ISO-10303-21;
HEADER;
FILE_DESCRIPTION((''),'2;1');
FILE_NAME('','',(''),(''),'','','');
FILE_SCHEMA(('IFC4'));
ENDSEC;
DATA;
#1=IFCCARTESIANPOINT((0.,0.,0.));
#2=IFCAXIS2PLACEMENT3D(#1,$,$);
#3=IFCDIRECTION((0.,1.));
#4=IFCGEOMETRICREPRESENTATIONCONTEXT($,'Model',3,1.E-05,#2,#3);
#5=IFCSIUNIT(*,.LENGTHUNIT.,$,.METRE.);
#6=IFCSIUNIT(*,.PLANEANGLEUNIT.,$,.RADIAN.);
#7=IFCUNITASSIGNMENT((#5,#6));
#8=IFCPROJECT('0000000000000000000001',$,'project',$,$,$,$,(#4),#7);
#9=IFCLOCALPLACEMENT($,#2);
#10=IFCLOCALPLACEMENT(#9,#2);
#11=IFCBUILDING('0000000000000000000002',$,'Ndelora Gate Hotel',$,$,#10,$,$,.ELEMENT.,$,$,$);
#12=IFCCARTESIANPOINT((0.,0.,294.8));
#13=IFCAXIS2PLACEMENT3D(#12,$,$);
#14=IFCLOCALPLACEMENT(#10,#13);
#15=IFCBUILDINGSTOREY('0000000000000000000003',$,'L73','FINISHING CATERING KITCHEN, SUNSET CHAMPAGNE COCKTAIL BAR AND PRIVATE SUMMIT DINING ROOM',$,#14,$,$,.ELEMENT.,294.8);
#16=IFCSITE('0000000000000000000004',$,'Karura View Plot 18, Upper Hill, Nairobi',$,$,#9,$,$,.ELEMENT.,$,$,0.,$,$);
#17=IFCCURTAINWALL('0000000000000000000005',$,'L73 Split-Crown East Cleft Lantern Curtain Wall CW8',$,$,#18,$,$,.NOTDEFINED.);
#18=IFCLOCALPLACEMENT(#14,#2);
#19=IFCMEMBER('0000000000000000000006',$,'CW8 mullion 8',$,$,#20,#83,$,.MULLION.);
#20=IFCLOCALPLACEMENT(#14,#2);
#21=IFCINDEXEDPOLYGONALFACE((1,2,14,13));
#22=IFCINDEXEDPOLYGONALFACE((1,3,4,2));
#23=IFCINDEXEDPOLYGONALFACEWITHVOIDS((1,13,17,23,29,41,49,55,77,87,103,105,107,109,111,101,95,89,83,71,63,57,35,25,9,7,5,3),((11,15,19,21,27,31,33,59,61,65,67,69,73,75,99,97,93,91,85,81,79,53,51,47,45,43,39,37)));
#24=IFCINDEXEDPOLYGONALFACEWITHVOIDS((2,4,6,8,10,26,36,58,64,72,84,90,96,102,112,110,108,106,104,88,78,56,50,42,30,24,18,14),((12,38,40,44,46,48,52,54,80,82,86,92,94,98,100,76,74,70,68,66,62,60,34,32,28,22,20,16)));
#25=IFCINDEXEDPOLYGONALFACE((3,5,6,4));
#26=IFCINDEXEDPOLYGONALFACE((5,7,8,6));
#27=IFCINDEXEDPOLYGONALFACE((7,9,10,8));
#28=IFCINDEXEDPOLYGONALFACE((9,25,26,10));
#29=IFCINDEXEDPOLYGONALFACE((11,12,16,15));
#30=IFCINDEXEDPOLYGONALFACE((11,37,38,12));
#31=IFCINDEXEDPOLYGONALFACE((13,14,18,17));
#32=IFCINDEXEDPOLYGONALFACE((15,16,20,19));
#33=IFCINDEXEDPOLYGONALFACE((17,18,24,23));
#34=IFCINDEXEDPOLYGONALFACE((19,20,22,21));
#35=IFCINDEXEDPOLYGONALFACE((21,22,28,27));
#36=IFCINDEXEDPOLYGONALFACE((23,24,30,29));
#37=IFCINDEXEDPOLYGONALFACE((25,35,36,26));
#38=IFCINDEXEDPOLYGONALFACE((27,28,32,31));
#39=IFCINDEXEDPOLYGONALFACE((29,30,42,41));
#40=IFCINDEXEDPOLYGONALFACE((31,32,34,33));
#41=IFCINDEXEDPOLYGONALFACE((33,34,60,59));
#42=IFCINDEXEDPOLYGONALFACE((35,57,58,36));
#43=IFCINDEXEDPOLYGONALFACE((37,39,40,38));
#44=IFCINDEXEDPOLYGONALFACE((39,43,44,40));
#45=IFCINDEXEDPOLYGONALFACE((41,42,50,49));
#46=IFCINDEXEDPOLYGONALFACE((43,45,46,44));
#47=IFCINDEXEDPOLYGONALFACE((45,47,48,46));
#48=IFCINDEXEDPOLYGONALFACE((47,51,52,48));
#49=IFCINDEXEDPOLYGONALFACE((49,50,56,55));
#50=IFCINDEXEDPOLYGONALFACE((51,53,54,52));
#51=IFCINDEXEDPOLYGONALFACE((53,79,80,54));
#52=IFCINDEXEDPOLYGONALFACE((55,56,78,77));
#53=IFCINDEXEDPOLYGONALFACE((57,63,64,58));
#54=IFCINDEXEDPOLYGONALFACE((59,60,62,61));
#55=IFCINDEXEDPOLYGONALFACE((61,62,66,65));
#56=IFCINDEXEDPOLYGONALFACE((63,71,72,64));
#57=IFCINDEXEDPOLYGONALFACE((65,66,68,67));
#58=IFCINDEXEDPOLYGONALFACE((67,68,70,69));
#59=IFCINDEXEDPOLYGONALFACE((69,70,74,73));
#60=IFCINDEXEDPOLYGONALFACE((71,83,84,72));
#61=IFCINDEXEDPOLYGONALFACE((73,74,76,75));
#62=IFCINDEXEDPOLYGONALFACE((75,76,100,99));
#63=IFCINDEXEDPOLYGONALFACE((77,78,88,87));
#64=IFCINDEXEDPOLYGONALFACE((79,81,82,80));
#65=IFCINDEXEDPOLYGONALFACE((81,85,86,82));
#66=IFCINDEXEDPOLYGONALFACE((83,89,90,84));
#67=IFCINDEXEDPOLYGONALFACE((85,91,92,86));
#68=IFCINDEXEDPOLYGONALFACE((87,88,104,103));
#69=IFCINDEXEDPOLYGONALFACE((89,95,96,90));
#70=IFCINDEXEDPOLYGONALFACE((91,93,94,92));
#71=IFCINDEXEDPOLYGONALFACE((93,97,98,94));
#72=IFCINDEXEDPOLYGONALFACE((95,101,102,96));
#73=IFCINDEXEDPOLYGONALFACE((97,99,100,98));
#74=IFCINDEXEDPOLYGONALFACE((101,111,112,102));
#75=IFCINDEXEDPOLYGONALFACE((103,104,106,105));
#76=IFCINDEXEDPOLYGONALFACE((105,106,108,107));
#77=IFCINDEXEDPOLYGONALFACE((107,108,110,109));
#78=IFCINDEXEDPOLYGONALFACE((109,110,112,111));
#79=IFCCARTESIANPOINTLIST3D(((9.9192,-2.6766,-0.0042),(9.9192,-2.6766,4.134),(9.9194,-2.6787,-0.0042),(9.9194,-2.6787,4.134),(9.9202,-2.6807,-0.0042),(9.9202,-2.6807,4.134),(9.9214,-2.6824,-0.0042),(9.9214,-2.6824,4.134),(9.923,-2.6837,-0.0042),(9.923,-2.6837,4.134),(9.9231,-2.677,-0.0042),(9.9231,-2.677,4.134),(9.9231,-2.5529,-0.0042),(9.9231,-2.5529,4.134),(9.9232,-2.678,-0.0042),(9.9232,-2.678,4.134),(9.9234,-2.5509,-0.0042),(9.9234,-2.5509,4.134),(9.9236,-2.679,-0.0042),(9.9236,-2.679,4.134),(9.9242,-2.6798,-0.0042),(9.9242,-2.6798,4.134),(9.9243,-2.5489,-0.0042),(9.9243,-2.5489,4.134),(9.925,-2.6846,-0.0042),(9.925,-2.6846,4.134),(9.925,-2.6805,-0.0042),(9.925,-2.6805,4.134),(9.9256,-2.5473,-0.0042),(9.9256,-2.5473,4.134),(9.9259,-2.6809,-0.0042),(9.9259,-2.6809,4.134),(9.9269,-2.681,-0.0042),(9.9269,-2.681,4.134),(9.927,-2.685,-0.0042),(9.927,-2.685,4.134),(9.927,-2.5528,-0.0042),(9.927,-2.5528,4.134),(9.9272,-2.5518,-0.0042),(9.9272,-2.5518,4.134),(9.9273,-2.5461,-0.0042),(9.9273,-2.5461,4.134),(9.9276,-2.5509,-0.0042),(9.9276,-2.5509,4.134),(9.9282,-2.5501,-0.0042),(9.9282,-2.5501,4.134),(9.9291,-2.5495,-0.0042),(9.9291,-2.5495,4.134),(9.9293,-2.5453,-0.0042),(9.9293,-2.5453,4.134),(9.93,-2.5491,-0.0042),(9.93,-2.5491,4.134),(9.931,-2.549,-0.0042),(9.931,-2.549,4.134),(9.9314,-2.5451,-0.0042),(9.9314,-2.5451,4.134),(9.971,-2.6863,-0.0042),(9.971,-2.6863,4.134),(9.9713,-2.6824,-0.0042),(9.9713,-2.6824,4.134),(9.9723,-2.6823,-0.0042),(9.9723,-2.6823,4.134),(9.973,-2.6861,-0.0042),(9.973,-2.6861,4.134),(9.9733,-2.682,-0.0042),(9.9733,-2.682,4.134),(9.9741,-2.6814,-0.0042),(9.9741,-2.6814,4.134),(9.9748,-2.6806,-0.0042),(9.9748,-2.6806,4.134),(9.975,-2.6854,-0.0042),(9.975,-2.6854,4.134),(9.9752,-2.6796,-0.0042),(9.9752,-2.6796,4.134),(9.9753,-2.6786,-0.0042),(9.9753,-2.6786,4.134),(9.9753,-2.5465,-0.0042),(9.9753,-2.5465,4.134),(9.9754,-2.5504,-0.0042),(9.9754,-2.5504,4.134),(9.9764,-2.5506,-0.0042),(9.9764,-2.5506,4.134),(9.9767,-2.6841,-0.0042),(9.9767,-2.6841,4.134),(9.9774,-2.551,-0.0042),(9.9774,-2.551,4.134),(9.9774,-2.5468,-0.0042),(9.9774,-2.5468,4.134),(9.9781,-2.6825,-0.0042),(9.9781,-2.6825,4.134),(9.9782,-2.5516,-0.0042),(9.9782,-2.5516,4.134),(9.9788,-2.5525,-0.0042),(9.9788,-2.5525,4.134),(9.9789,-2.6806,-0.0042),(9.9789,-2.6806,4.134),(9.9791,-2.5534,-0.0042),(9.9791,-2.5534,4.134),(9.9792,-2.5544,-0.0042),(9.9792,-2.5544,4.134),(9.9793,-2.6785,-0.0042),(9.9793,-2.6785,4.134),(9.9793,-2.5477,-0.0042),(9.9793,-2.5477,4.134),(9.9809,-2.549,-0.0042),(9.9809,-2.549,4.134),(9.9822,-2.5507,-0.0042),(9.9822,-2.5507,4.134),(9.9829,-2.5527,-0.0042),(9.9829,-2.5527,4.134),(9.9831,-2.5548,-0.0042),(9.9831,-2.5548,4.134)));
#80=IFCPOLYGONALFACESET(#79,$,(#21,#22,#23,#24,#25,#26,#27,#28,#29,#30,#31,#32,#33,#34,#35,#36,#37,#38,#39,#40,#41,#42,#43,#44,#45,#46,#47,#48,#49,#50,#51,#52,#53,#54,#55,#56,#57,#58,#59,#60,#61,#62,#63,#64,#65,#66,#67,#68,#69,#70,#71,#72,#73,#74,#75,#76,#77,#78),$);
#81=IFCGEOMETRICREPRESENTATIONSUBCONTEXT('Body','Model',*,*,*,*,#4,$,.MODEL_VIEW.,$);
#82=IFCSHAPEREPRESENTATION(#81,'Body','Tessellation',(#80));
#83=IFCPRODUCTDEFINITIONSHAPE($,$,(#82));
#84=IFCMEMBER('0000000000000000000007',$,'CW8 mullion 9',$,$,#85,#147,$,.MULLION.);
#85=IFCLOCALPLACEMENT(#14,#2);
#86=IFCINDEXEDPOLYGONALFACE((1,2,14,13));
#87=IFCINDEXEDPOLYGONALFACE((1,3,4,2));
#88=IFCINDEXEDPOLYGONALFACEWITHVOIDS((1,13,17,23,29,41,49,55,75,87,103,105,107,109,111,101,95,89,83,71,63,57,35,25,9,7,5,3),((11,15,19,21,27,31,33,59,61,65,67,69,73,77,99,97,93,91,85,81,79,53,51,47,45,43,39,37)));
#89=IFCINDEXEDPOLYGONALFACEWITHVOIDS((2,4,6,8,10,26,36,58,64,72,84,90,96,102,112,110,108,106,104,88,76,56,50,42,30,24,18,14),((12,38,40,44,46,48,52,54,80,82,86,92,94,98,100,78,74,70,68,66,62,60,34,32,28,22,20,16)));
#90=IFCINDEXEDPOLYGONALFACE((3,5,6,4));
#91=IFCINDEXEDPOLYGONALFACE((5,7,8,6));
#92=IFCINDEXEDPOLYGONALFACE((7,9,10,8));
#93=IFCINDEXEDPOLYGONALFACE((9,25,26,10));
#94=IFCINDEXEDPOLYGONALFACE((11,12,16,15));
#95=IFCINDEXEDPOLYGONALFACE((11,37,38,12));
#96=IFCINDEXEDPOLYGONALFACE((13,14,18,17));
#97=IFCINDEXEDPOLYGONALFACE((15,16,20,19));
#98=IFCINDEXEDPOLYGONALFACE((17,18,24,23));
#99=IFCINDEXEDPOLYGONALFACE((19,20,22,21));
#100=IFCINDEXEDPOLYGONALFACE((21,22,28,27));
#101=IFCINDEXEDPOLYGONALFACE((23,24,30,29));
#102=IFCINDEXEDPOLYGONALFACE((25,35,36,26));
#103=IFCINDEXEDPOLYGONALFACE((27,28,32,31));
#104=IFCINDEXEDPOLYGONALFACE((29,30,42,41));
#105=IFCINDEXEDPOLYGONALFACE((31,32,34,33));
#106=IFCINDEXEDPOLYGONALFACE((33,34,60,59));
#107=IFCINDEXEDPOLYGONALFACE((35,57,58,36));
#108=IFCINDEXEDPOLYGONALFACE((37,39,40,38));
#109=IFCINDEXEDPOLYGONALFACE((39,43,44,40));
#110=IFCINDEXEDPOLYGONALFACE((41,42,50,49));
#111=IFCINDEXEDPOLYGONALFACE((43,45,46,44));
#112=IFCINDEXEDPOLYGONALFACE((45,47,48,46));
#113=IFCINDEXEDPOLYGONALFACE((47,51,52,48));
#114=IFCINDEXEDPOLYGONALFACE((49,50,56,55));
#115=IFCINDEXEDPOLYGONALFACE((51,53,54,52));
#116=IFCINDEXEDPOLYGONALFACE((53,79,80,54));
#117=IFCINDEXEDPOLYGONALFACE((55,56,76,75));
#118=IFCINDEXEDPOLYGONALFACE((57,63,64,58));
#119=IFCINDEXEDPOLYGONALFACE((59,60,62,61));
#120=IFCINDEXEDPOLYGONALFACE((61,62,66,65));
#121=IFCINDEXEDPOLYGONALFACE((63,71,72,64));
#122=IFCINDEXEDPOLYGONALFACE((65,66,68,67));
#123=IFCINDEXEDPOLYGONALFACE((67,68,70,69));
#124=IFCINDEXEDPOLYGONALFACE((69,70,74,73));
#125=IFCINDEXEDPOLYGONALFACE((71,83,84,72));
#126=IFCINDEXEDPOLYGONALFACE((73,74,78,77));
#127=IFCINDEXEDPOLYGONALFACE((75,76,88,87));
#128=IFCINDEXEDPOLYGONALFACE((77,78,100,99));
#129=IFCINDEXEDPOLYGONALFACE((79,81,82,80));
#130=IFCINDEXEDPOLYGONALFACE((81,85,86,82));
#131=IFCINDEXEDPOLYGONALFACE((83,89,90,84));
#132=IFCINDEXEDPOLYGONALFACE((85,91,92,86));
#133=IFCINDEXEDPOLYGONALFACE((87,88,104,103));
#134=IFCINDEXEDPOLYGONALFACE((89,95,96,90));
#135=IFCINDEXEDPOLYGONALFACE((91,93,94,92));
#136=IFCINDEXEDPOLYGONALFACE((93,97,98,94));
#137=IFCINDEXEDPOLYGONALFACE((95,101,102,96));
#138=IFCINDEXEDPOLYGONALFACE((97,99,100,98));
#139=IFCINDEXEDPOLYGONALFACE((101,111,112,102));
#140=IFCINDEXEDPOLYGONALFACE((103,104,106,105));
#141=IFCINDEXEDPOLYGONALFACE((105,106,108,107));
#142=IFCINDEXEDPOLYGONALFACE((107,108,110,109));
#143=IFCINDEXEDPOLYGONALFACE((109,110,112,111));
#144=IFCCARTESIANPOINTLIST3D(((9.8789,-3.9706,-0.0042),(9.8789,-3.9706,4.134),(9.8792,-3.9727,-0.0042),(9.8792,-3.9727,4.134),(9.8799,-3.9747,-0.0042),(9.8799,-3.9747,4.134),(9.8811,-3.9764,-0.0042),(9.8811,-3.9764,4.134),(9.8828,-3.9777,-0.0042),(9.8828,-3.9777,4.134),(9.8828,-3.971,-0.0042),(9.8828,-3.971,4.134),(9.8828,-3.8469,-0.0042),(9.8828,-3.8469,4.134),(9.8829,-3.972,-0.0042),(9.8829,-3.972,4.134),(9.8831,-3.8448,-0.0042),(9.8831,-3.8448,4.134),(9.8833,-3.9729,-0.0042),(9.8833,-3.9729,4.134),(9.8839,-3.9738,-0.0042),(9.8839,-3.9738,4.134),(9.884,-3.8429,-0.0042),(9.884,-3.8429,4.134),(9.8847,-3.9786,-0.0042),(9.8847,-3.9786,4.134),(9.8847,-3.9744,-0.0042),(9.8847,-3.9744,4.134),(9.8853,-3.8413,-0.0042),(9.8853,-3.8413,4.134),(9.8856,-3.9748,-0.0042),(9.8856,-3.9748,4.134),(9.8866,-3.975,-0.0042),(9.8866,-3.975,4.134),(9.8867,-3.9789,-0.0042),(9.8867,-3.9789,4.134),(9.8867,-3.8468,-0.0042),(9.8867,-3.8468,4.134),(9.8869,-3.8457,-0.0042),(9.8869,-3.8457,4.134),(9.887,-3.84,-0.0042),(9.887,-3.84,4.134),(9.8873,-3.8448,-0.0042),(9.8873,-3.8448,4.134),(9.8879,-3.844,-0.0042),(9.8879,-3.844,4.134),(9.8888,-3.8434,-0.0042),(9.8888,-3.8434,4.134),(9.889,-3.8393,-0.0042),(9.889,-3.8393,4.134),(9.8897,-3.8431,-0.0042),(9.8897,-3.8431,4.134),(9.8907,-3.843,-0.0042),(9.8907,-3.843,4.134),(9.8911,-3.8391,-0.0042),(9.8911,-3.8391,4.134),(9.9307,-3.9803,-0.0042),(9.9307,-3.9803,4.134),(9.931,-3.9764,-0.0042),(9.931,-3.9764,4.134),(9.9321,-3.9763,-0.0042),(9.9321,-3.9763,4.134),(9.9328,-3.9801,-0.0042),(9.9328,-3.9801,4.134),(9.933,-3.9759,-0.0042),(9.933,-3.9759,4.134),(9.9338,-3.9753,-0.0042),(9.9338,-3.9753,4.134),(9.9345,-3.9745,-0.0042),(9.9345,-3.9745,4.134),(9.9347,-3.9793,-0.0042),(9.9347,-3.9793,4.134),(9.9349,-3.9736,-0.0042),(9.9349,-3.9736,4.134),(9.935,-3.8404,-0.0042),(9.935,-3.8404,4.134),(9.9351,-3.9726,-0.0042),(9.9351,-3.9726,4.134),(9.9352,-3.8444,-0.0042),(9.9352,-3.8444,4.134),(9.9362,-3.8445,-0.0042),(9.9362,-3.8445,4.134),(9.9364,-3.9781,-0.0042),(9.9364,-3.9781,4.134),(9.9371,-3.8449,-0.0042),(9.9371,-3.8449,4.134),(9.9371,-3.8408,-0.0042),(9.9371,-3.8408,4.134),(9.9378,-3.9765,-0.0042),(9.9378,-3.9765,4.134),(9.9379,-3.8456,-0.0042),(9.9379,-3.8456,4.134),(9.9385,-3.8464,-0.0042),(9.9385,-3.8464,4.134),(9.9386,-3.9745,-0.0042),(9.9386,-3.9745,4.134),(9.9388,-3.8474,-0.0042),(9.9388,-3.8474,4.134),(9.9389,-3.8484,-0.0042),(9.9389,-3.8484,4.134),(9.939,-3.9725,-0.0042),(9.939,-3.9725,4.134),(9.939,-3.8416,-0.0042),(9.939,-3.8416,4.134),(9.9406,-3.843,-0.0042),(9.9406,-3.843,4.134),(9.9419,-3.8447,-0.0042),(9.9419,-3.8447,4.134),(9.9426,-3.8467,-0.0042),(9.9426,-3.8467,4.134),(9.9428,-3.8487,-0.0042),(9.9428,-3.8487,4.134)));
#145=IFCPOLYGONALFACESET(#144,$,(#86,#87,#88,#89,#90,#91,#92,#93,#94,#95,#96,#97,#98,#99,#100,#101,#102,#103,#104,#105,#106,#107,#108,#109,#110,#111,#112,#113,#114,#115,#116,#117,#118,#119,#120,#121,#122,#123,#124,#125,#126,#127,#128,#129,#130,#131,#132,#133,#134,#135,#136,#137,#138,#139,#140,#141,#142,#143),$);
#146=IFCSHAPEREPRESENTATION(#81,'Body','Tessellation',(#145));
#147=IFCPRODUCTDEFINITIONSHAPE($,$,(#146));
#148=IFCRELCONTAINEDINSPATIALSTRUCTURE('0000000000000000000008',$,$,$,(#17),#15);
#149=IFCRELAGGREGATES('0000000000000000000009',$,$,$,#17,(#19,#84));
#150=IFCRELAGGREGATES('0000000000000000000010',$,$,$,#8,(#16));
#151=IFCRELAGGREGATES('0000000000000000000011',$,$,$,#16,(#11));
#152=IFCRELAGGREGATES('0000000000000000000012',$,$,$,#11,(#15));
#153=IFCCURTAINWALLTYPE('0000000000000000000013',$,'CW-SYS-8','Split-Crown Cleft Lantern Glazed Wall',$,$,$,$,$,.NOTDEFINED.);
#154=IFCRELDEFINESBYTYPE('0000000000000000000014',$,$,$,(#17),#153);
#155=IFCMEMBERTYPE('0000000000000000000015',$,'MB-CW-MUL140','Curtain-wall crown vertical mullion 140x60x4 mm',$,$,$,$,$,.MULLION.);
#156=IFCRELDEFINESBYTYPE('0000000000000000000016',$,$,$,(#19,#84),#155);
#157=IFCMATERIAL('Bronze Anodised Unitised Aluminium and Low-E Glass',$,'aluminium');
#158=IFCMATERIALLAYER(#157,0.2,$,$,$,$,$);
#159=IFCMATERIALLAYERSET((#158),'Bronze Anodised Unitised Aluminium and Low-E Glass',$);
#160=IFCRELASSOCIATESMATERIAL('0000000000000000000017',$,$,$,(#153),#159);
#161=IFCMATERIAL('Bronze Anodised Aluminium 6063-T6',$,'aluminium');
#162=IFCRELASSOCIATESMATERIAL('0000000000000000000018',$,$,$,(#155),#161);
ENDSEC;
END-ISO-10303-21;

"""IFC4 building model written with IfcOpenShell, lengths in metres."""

from ifc_helpers import new_model, si_unit, direction, frame, origin, origin_2d, place, context, subcontext, project, spatial, hollow_rectangle, extrude, material, layer, layer_set, material_profile, profile_set, type_object, element, aggregate, save


model = new_model("IFC4")

# Units and contexts
model_context = context("Model", 3, precision=1e-05, world=origin(), true_north=direction((0.0, 1.0)))
body_context = subcontext(model_context, "Body", "Model", "MODEL_VIEW")
ifc_project = project(units=[si_unit("LENGTHUNIT", "METRE"), si_unit("PLANEANGLEUNIT", "RADIAN")], contexts=[model_context])

# Site, building, storey
site_placement = place(None, origin())
site = spatial("IfcSite", under=ifc_project, at=site_placement, Name="Karura View Plot 18, Upper Hill, Nairobi", CompositionType="ELEMENT", RefElevation=0.0)
building_placement = place(site_placement, origin())
building = spatial("IfcBuilding", under=site, at=building_placement, Name="Ndelora Gate Hotel", CompositionType="ELEMENT")
storey_placement = place(building_placement, frame((0.0, 0.0, 294.8)))
storey = spatial("IfcBuildingStorey", under=building, at=storey_placement, Name="L73", Description="FINISHING CATERING KITCHEN, SUNSET CHAMPAGNE COCKTAIL BAR AND PRIVATE SUMMIT DINING ROOM", CompositionType="ELEMENT", Elevation=294.8)

# Shared definitions
ifc_material_1 = material(Name="Bronze Anodised Unitised Aluminium and Low-E Glass", Category="aluminium")
ifc_layer_1 = layer(ifc_material_1, 0.2)
ifc_layer_set_1 = layer_set([ifc_layer_1], Name="Bronze Anodised Unitised Aluminium and Low-E Glass")
curtain_wall_type = type_object("IfcCurtainWallType", Name="CW-SYS-8", Description="Split-Crown Cleft Lantern Glazed Wall", PredefinedType="NOTDEFINED", material=ifc_layer_set_1)
ifc_material_2 = material(Name="Bronze Anodised Aluminium 6063-T6", Category="aluminium")
ifc_material_profile_1 = material_profile(ifc_material_2, hollow_rectangle(XDim=0.0601, YDim=0.1399, WallThickness=0.0039, InnerFilletRadius=0.0039, OuterFilletRadius=0.0081, at=origin_2d()), Name="ALU 140x60x4")
ifc_profile_set_1 = profile_set([ifc_material_profile_1], Name="Bronze Anodised Aluminium 6063-T6")
member_type_1 = type_object("IfcMemberType", Name="MB-CW-MUL140", Description="Curtain-wall crown vertical mullion 140x60x4 mm", PredefinedType="MULLION", material=ifc_profile_set_1)

# Curtain wall, members
curtain_wall_1_placement = place(storey_placement, origin())
curtain_wall_1 = element("IfcCurtainWall", 1, at=curtain_wall_1_placement, inside=storey, type_object=curtain_wall_type, Name="L73 Split-Crown East Cleft Lantern Curtain Wall CW8", PredefinedType="NOTDEFINED")
member_1_placement = place(storey_placement, frame((9.9512, -2.6157, -0.0042), z_axis=(0.0, 0.0, 1.0), x_axis=(0.999515, -0.031131, 0.0)))
member_1 = element("IfcMember", 2, at=member_1_placement, type_object=member_type_1, Name="CW8 mullion 8", PredefinedType="MULLION", context=body_context, shape_type="SweptSolid", body=[
    extrude(hollow_rectangle(XDim=0.0601, YDim=0.1399, WallThickness=0.0039, InnerFilletRadius=0.0039, OuterFilletRadius=0.0081, at=origin_2d()), origin(), (0.0, 0.0, 1.0), 4.1382),
])
member_2_placement = place(storey_placement, frame((9.9109, -3.9097, -0.0042), z_axis=(0.0, 0.0, 1.0), x_axis=(0.999515, -0.031131, 0.0)))
member_2 = element("IfcMember", 3, at=member_2_placement, type_object=member_type_1, Name="CW8 mullion 9", PredefinedType="MULLION", context=body_context, shape_type="SweptSolid", body=[
    extrude(hollow_rectangle(XDim=0.0601, YDim=0.1399, WallThickness=0.0039, InnerFilletRadius=0.0039, OuterFilletRadius=0.0081, at=origin_2d()), origin(), (0.0, 0.0, 1.0), 4.1382),
])

aggregate(curtain_wall_1, [member_1, member_2])

save(model, "model.ifc")
